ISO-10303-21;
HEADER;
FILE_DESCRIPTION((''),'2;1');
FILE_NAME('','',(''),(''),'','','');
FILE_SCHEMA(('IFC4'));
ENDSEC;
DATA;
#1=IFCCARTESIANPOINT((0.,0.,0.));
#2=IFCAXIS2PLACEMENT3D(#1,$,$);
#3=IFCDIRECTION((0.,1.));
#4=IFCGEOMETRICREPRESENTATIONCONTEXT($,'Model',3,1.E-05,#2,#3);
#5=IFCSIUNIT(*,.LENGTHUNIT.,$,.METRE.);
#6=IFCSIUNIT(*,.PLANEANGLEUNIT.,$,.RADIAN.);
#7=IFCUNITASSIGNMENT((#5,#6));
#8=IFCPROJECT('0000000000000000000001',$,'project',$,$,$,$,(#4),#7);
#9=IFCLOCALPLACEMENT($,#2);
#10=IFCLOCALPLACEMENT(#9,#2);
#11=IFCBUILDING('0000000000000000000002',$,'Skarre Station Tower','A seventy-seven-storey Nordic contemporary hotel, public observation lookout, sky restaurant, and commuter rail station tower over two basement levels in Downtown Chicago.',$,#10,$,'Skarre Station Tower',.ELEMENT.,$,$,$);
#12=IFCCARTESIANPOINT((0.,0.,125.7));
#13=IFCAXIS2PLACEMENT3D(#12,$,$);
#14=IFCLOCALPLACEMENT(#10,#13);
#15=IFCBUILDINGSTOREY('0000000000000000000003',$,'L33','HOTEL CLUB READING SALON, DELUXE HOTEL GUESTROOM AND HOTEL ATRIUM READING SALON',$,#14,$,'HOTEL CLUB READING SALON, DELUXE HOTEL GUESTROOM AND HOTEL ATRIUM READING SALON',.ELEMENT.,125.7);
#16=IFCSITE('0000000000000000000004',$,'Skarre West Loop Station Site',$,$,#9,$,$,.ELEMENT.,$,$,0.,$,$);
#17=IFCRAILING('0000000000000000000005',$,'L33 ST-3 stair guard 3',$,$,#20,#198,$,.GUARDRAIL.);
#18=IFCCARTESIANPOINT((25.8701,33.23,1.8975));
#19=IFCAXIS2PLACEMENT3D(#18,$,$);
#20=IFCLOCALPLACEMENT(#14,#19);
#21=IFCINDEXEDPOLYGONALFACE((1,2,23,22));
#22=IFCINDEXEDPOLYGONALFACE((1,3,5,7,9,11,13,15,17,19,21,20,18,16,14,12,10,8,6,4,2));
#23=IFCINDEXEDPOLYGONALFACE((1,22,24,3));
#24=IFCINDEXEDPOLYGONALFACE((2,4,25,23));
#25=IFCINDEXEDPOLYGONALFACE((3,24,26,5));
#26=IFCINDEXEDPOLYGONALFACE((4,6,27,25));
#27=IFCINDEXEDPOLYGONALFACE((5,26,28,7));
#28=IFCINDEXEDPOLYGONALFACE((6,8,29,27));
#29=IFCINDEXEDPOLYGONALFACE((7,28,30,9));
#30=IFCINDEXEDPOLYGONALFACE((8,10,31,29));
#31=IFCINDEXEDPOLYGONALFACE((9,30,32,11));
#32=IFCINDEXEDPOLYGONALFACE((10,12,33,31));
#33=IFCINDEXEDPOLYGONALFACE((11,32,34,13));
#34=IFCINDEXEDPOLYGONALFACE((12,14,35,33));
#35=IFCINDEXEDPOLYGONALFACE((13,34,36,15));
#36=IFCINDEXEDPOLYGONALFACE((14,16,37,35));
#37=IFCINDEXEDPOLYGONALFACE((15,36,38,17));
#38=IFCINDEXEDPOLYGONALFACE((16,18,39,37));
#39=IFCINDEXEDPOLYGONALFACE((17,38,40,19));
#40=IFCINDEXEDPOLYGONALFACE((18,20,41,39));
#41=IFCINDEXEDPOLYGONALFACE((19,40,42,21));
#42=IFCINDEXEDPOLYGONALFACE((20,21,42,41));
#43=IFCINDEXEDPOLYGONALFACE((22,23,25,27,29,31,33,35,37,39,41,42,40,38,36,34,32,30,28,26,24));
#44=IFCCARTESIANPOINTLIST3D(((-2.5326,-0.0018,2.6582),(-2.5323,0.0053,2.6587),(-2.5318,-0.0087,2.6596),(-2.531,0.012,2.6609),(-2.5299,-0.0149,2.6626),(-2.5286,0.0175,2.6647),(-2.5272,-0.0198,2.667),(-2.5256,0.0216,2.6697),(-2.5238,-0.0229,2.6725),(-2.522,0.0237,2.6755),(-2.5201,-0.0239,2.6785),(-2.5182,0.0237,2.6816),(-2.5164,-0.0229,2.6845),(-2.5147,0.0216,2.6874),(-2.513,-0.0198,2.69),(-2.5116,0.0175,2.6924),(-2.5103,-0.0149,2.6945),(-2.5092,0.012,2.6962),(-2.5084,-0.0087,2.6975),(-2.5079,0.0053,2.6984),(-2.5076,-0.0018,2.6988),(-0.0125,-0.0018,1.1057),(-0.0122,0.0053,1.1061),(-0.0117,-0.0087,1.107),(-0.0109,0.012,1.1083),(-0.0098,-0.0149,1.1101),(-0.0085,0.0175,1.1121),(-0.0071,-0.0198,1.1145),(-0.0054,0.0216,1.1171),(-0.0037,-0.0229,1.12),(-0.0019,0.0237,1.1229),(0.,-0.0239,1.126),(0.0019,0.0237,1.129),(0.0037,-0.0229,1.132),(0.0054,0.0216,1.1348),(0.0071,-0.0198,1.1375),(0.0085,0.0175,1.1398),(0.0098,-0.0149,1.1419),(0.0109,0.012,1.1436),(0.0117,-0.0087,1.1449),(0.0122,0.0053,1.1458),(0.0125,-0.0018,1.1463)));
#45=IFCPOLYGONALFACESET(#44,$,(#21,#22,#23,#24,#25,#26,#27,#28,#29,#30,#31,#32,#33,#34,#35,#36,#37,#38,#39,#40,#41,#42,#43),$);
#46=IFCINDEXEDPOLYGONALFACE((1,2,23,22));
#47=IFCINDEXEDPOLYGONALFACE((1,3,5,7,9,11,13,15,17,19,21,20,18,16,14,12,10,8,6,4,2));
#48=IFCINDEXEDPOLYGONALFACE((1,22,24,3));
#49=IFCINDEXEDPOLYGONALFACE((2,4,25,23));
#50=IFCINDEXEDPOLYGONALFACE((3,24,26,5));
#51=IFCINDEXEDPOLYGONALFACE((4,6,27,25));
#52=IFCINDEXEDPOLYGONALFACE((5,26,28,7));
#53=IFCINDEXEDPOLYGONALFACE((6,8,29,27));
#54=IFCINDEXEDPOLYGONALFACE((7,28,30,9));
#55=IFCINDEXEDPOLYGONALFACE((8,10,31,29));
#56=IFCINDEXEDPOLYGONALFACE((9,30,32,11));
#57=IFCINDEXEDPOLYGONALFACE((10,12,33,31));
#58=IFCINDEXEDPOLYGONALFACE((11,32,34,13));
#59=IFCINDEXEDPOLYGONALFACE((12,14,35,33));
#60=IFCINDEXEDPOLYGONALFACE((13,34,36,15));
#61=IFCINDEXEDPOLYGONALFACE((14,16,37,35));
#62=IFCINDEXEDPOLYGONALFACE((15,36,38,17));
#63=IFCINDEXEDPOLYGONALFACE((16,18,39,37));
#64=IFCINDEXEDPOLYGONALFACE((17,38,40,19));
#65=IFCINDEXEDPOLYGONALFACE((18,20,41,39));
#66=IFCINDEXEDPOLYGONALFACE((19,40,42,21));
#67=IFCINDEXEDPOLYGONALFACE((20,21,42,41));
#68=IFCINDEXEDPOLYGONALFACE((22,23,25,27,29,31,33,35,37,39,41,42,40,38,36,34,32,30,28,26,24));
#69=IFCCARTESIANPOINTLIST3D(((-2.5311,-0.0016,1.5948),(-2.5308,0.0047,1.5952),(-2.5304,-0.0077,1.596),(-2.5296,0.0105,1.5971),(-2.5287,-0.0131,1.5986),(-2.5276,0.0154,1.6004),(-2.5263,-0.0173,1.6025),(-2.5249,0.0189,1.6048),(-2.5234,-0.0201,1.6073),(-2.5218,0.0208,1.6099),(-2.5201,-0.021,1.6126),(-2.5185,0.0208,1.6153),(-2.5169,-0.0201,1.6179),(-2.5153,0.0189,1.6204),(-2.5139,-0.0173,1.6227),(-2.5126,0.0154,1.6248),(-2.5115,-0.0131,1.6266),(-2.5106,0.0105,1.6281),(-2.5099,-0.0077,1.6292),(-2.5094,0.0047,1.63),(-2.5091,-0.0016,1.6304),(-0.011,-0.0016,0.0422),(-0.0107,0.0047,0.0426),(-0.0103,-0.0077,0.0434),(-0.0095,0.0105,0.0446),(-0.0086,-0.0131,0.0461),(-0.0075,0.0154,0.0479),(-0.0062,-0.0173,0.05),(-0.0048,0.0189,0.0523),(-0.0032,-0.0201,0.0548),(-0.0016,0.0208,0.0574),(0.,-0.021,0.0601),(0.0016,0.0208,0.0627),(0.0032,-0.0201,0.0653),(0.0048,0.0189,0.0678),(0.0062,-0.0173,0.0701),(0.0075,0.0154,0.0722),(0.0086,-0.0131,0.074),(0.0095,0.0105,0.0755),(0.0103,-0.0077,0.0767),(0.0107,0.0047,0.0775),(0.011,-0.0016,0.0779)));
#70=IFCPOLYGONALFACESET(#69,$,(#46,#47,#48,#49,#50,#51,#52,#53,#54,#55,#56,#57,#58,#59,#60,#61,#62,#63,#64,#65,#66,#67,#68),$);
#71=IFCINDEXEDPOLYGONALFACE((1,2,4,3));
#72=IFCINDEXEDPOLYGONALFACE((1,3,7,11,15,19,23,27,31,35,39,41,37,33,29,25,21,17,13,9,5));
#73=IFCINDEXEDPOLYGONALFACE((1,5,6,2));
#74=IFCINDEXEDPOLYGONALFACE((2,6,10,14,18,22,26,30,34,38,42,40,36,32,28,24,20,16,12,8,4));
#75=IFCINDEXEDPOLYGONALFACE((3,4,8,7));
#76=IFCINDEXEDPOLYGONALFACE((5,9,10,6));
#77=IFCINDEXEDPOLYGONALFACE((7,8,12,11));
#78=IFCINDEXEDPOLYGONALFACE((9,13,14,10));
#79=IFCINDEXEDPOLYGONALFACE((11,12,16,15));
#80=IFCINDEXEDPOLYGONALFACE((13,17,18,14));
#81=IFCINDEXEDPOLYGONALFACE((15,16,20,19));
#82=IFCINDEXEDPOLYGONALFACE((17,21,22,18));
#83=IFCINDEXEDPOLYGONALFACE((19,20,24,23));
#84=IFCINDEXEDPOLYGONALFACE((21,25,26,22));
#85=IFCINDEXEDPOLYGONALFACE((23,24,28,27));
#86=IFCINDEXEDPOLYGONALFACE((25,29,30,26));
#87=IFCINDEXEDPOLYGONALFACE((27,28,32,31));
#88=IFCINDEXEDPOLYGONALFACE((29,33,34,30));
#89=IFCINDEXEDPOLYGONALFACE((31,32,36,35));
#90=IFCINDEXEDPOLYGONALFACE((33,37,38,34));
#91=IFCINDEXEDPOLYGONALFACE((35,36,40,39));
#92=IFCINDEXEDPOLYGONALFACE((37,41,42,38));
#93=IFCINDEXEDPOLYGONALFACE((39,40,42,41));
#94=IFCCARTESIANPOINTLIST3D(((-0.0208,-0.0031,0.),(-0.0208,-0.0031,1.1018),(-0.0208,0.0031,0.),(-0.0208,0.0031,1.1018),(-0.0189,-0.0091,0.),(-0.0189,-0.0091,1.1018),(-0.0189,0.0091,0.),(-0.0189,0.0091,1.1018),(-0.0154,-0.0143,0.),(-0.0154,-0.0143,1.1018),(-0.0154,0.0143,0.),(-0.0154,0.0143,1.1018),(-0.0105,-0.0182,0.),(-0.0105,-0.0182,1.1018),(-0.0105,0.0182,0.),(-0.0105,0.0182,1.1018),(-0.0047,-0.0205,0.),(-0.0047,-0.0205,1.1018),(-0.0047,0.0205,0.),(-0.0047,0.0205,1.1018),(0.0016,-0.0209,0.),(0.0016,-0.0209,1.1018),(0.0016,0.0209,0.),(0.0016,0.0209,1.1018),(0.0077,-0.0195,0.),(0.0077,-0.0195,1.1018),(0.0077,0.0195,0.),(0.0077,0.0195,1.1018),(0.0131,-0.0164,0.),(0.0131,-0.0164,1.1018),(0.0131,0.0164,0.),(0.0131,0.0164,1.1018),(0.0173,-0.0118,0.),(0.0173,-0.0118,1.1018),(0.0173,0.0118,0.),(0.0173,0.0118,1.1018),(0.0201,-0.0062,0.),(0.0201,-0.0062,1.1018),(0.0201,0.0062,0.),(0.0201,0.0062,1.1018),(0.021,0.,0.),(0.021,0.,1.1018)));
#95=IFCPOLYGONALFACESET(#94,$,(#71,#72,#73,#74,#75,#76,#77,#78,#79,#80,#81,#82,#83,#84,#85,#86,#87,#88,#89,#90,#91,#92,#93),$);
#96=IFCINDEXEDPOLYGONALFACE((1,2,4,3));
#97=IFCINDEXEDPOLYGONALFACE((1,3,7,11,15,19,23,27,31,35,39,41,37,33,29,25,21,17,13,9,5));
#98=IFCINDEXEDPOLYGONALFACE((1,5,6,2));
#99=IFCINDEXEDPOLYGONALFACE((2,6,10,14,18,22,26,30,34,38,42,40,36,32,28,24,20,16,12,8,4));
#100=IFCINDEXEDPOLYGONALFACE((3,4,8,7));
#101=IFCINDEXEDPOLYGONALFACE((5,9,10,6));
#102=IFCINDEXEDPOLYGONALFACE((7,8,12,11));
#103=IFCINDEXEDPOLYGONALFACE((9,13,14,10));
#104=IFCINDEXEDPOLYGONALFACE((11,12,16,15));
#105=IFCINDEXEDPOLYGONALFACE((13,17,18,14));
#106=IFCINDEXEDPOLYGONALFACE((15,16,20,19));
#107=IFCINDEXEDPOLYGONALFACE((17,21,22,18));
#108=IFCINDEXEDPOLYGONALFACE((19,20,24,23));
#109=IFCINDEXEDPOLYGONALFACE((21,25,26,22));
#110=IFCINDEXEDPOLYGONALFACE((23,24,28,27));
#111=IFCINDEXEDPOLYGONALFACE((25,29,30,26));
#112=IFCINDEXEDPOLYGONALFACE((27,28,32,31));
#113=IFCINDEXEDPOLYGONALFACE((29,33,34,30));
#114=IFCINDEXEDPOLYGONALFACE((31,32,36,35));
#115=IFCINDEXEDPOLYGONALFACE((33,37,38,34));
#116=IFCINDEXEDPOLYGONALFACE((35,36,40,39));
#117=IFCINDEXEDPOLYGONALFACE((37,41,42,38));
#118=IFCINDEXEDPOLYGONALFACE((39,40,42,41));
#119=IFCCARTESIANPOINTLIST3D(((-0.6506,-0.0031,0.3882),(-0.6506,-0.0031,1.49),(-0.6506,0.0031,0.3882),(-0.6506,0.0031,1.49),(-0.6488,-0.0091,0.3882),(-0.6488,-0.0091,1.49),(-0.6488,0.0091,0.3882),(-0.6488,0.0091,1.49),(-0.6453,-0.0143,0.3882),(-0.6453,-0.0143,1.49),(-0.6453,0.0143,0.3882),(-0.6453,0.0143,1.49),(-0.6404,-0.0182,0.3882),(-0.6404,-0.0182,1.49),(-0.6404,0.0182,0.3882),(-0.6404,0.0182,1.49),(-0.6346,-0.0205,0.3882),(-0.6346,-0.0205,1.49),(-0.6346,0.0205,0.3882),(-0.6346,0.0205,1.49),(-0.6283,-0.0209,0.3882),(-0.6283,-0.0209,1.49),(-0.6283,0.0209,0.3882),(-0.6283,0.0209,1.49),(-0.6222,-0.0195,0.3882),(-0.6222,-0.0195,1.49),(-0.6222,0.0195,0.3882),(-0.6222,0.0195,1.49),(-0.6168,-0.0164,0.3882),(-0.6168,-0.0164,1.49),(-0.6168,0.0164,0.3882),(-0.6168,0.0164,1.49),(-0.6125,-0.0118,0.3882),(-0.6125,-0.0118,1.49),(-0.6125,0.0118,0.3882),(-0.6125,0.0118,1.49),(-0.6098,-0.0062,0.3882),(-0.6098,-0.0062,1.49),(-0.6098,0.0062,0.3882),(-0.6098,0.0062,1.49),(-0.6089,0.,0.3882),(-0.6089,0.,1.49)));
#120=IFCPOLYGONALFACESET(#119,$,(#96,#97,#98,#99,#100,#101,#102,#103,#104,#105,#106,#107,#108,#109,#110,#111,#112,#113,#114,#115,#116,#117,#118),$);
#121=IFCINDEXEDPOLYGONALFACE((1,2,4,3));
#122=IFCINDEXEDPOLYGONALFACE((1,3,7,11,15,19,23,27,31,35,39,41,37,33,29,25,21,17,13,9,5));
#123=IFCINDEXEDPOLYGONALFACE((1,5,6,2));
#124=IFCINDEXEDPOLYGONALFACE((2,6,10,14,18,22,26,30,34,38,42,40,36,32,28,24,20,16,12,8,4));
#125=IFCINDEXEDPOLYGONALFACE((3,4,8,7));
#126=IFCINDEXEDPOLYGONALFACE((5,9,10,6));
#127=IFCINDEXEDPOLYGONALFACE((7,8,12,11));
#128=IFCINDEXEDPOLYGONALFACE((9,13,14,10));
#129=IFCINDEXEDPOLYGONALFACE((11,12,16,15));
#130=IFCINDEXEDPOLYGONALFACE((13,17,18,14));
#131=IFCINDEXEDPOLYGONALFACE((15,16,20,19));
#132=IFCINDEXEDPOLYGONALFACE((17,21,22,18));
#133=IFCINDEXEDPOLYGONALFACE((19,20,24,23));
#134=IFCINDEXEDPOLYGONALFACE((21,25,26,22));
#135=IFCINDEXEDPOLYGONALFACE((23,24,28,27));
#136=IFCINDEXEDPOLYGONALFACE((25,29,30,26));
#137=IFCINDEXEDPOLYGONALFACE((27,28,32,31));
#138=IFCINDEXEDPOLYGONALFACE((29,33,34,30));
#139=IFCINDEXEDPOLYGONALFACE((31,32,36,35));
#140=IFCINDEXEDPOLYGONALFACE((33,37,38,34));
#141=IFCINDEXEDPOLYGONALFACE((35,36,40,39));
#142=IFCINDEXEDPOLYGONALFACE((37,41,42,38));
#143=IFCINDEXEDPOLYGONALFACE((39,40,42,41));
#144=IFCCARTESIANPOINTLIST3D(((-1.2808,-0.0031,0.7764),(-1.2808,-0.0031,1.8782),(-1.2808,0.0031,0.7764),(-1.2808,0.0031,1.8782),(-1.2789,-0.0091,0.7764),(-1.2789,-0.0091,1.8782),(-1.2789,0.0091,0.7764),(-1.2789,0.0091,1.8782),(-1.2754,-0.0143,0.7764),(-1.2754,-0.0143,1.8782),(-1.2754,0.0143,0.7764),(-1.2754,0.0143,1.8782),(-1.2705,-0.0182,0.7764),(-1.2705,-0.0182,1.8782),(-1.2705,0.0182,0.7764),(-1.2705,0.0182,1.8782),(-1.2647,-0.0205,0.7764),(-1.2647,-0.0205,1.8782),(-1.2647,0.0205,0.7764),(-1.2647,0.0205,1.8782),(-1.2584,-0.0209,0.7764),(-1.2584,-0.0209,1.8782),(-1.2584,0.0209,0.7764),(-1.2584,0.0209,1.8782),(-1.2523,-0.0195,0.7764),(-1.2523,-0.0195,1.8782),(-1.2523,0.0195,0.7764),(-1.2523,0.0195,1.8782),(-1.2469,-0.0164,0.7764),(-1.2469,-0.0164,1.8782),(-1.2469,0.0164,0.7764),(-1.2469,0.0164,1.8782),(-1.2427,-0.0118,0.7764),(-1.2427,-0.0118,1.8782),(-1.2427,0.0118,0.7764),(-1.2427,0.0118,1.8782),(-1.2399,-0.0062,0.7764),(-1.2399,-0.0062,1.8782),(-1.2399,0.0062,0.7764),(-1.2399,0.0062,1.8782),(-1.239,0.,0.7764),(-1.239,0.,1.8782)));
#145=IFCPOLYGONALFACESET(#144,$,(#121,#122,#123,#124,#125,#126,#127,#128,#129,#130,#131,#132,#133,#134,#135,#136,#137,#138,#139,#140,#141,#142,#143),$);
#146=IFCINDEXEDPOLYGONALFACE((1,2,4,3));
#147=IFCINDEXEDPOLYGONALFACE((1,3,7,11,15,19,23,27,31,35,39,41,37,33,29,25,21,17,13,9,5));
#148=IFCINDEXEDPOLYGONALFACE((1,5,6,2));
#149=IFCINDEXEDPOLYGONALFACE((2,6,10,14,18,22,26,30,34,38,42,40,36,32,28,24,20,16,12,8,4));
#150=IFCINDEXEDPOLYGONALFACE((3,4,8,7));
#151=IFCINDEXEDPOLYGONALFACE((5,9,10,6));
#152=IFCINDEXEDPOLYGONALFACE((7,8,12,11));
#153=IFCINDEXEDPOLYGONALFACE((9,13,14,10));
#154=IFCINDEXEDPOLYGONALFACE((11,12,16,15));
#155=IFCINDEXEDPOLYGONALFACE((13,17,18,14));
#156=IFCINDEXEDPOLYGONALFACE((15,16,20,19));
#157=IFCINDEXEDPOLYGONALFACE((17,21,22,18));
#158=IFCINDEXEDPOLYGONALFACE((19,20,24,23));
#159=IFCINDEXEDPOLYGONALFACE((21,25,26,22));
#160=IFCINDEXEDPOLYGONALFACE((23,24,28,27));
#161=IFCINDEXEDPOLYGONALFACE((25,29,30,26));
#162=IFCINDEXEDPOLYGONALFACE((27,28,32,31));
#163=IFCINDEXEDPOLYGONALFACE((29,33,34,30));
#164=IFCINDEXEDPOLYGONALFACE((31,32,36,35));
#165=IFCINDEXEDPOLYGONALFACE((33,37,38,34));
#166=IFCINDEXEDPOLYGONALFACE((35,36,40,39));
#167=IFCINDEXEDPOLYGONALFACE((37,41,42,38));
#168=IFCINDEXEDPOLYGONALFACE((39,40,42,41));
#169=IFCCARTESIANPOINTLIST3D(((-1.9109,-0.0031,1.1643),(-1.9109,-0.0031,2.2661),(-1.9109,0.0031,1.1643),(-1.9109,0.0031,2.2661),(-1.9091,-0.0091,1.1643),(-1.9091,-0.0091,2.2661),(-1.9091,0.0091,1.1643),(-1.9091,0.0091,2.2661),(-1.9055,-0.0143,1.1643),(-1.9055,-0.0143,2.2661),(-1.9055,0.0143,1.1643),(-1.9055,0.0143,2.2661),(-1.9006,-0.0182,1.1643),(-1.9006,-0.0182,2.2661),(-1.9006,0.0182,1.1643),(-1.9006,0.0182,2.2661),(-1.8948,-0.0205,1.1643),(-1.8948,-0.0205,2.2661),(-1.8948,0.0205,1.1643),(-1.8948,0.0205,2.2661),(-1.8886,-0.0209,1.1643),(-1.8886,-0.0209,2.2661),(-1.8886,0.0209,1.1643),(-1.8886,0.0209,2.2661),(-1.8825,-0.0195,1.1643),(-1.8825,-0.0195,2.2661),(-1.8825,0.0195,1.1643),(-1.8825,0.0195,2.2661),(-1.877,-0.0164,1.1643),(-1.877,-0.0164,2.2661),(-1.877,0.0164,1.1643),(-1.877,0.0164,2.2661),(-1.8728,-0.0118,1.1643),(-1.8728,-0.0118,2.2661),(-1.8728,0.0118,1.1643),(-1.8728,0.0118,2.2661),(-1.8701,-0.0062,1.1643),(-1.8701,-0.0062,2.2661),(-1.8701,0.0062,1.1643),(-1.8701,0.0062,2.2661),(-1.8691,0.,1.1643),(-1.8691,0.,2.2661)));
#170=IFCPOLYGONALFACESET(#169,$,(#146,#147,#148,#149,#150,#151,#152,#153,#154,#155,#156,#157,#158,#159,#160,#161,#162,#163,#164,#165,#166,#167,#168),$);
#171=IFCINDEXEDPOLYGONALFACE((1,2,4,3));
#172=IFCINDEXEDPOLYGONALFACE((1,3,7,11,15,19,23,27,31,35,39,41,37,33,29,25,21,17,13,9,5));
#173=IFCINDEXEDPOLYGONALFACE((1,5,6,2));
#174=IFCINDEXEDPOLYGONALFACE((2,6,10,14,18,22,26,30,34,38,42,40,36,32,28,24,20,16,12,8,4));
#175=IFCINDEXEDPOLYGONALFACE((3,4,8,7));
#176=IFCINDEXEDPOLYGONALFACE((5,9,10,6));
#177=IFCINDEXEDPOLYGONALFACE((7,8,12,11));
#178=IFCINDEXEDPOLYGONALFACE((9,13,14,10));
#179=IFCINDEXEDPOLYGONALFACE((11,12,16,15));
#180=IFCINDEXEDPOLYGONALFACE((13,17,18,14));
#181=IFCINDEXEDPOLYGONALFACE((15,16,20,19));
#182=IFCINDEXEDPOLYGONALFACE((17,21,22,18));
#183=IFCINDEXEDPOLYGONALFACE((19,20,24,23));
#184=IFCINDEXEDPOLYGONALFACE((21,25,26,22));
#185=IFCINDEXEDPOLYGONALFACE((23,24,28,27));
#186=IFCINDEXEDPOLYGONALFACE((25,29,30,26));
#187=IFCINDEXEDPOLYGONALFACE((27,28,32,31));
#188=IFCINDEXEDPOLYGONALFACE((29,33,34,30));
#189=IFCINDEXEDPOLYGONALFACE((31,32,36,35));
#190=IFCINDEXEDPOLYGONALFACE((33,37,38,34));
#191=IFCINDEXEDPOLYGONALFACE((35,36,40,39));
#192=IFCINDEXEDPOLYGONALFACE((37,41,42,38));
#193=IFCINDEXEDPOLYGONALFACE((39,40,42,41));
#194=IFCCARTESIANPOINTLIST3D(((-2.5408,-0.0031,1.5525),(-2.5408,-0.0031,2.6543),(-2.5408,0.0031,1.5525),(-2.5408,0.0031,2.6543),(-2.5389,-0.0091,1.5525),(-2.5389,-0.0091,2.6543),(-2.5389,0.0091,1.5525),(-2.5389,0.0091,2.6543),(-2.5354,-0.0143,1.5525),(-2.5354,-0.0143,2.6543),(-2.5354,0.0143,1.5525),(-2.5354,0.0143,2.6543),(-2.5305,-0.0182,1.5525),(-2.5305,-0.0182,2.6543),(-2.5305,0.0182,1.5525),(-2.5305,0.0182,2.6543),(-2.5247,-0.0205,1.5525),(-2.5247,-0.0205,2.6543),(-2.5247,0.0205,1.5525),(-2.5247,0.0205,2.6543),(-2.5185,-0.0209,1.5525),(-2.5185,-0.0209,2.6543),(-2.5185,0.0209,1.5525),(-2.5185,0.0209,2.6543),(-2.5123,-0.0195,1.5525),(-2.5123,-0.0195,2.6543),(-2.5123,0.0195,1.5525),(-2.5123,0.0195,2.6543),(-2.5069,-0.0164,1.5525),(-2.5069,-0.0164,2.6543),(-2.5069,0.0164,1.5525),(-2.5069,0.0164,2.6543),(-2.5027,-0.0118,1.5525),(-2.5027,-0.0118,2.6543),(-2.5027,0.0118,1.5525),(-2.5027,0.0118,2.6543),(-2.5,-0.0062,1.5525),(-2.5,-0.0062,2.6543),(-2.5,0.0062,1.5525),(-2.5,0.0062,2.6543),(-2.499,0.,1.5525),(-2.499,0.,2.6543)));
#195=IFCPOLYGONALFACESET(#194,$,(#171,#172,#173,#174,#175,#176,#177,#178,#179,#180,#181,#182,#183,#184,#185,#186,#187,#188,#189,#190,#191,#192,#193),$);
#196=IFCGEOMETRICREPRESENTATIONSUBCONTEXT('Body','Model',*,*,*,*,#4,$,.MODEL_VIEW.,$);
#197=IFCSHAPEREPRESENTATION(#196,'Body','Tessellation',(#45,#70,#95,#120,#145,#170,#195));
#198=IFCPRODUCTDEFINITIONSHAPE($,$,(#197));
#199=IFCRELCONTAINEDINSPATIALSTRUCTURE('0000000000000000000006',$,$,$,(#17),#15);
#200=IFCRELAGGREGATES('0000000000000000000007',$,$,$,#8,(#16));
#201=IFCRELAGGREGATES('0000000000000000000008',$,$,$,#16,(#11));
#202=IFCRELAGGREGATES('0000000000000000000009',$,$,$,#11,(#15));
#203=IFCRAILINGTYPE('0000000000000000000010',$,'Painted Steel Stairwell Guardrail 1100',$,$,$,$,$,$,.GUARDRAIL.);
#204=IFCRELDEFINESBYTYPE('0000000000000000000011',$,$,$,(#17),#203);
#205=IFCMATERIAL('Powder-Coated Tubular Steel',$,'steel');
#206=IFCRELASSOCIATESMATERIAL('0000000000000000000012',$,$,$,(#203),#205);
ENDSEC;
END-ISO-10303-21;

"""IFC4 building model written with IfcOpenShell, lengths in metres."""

from ifc_helpers import new_model, si_unit, direction, frame, origin, origin_2d, place, context, subcontext, project, spatial, circle, extrude, material, type_object, element, save


model = new_model("IFC4")

# Units and contexts
model_context = context("Model", 3, precision=1e-05, world=origin(), true_north=direction((0.0, 1.0)))
body_context = subcontext(model_context, "Body", "Model", "MODEL_VIEW")
ifc_project = project(units=[si_unit("LENGTHUNIT", "METRE"), si_unit("PLANEANGLEUNIT", "RADIAN")], contexts=[model_context])

# Site, building, storey
site_placement = place(None, origin())
site = spatial("IfcSite", under=ifc_project, at=site_placement, Name="Skarre West Loop Station Site", CompositionType="ELEMENT", RefElevation=0.0)
building_placement = place(site_placement, origin())
building = spatial("IfcBuilding", under=site, at=building_placement, Name="Skarre Station Tower", Description="A seventy-seven-storey Nordic contemporary hotel, public observation lookout, sky restaurant, and commuter rail station tower over two basement levels in Downtown Chicago.", LongName="Skarre Station Tower", CompositionType="ELEMENT")
storey_placement = place(building_placement, frame((0.0, 0.0, 125.7)))
storey = spatial("IfcBuildingStorey", under=building, at=storey_placement, Name="L33", Description="HOTEL CLUB READING SALON, DELUXE HOTEL GUESTROOM AND HOTEL ATRIUM READING SALON", LongName="HOTEL CLUB READING SALON, DELUXE HOTEL GUESTROOM AND HOTEL ATRIUM READING SALON", CompositionType="ELEMENT", Elevation=125.7)

# Railing
ifc_material_1 = material(Name="Powder-Coated Tubular Steel", Category="steel")
railing_type_1 = type_object("IfcRailingType", Name="Painted Steel Stairwell Guardrail 1100", PredefinedType="GUARDRAIL", material=ifc_material_1)
railing_1_placement = place(storey_placement, frame((25.8701, 33.23, 1.8975)))
element("IfcRailing", 1, at=railing_1_placement, inside=storey, type_object=railing_type_1, Name="L33 ST-3 stair guard 3", PredefinedType="GUARDRAIL", context=body_context, shape_type="SweptSolid", body=[
    extrude(circle(Radius=0.0239, at=origin_2d()), frame((0.0, 0.0, 1.126), z_axis=(-0.8514, 0.0, 0.524516), x_axis=(0.0, -1.0, 0.0)), (0.0, 0.0, 1.0), 2.96),
    extrude(circle(Radius=0.021, at=origin_2d()), frame((0.0, 0.0, 0.0601), z_axis=(-0.8514, 0.0, 0.524516), x_axis=(0.0, -1.0, 0.0)), (0.0, 0.0, 1.0), 2.96),
    extrude(circle(Radius=0.021, at=origin_2d()), origin(), (0.0, 0.0, 1.0), 1.1018),
    extrude(circle(Radius=0.021, at=origin_2d()), frame((-0.6299, 0.0, 0.3882)), (0.0, 0.0, 1.0), 1.1018),
    extrude(circle(Radius=0.021, at=origin_2d()), frame((-1.26, 0.0, 0.7764)), (0.0, 0.0, 1.0), 1.1018),
    extrude(circle(Radius=0.021, at=origin_2d()), frame((-1.8901, 0.0, 1.1643)), (0.0, 0.0, 1.0), 1.1018),
    extrude(circle(Radius=0.021, at=origin_2d()), frame((-2.52, 0.0, 1.5525)), (0.0, 0.0, 1.0), 1.1018),
])

save(model, "model.ifc")
